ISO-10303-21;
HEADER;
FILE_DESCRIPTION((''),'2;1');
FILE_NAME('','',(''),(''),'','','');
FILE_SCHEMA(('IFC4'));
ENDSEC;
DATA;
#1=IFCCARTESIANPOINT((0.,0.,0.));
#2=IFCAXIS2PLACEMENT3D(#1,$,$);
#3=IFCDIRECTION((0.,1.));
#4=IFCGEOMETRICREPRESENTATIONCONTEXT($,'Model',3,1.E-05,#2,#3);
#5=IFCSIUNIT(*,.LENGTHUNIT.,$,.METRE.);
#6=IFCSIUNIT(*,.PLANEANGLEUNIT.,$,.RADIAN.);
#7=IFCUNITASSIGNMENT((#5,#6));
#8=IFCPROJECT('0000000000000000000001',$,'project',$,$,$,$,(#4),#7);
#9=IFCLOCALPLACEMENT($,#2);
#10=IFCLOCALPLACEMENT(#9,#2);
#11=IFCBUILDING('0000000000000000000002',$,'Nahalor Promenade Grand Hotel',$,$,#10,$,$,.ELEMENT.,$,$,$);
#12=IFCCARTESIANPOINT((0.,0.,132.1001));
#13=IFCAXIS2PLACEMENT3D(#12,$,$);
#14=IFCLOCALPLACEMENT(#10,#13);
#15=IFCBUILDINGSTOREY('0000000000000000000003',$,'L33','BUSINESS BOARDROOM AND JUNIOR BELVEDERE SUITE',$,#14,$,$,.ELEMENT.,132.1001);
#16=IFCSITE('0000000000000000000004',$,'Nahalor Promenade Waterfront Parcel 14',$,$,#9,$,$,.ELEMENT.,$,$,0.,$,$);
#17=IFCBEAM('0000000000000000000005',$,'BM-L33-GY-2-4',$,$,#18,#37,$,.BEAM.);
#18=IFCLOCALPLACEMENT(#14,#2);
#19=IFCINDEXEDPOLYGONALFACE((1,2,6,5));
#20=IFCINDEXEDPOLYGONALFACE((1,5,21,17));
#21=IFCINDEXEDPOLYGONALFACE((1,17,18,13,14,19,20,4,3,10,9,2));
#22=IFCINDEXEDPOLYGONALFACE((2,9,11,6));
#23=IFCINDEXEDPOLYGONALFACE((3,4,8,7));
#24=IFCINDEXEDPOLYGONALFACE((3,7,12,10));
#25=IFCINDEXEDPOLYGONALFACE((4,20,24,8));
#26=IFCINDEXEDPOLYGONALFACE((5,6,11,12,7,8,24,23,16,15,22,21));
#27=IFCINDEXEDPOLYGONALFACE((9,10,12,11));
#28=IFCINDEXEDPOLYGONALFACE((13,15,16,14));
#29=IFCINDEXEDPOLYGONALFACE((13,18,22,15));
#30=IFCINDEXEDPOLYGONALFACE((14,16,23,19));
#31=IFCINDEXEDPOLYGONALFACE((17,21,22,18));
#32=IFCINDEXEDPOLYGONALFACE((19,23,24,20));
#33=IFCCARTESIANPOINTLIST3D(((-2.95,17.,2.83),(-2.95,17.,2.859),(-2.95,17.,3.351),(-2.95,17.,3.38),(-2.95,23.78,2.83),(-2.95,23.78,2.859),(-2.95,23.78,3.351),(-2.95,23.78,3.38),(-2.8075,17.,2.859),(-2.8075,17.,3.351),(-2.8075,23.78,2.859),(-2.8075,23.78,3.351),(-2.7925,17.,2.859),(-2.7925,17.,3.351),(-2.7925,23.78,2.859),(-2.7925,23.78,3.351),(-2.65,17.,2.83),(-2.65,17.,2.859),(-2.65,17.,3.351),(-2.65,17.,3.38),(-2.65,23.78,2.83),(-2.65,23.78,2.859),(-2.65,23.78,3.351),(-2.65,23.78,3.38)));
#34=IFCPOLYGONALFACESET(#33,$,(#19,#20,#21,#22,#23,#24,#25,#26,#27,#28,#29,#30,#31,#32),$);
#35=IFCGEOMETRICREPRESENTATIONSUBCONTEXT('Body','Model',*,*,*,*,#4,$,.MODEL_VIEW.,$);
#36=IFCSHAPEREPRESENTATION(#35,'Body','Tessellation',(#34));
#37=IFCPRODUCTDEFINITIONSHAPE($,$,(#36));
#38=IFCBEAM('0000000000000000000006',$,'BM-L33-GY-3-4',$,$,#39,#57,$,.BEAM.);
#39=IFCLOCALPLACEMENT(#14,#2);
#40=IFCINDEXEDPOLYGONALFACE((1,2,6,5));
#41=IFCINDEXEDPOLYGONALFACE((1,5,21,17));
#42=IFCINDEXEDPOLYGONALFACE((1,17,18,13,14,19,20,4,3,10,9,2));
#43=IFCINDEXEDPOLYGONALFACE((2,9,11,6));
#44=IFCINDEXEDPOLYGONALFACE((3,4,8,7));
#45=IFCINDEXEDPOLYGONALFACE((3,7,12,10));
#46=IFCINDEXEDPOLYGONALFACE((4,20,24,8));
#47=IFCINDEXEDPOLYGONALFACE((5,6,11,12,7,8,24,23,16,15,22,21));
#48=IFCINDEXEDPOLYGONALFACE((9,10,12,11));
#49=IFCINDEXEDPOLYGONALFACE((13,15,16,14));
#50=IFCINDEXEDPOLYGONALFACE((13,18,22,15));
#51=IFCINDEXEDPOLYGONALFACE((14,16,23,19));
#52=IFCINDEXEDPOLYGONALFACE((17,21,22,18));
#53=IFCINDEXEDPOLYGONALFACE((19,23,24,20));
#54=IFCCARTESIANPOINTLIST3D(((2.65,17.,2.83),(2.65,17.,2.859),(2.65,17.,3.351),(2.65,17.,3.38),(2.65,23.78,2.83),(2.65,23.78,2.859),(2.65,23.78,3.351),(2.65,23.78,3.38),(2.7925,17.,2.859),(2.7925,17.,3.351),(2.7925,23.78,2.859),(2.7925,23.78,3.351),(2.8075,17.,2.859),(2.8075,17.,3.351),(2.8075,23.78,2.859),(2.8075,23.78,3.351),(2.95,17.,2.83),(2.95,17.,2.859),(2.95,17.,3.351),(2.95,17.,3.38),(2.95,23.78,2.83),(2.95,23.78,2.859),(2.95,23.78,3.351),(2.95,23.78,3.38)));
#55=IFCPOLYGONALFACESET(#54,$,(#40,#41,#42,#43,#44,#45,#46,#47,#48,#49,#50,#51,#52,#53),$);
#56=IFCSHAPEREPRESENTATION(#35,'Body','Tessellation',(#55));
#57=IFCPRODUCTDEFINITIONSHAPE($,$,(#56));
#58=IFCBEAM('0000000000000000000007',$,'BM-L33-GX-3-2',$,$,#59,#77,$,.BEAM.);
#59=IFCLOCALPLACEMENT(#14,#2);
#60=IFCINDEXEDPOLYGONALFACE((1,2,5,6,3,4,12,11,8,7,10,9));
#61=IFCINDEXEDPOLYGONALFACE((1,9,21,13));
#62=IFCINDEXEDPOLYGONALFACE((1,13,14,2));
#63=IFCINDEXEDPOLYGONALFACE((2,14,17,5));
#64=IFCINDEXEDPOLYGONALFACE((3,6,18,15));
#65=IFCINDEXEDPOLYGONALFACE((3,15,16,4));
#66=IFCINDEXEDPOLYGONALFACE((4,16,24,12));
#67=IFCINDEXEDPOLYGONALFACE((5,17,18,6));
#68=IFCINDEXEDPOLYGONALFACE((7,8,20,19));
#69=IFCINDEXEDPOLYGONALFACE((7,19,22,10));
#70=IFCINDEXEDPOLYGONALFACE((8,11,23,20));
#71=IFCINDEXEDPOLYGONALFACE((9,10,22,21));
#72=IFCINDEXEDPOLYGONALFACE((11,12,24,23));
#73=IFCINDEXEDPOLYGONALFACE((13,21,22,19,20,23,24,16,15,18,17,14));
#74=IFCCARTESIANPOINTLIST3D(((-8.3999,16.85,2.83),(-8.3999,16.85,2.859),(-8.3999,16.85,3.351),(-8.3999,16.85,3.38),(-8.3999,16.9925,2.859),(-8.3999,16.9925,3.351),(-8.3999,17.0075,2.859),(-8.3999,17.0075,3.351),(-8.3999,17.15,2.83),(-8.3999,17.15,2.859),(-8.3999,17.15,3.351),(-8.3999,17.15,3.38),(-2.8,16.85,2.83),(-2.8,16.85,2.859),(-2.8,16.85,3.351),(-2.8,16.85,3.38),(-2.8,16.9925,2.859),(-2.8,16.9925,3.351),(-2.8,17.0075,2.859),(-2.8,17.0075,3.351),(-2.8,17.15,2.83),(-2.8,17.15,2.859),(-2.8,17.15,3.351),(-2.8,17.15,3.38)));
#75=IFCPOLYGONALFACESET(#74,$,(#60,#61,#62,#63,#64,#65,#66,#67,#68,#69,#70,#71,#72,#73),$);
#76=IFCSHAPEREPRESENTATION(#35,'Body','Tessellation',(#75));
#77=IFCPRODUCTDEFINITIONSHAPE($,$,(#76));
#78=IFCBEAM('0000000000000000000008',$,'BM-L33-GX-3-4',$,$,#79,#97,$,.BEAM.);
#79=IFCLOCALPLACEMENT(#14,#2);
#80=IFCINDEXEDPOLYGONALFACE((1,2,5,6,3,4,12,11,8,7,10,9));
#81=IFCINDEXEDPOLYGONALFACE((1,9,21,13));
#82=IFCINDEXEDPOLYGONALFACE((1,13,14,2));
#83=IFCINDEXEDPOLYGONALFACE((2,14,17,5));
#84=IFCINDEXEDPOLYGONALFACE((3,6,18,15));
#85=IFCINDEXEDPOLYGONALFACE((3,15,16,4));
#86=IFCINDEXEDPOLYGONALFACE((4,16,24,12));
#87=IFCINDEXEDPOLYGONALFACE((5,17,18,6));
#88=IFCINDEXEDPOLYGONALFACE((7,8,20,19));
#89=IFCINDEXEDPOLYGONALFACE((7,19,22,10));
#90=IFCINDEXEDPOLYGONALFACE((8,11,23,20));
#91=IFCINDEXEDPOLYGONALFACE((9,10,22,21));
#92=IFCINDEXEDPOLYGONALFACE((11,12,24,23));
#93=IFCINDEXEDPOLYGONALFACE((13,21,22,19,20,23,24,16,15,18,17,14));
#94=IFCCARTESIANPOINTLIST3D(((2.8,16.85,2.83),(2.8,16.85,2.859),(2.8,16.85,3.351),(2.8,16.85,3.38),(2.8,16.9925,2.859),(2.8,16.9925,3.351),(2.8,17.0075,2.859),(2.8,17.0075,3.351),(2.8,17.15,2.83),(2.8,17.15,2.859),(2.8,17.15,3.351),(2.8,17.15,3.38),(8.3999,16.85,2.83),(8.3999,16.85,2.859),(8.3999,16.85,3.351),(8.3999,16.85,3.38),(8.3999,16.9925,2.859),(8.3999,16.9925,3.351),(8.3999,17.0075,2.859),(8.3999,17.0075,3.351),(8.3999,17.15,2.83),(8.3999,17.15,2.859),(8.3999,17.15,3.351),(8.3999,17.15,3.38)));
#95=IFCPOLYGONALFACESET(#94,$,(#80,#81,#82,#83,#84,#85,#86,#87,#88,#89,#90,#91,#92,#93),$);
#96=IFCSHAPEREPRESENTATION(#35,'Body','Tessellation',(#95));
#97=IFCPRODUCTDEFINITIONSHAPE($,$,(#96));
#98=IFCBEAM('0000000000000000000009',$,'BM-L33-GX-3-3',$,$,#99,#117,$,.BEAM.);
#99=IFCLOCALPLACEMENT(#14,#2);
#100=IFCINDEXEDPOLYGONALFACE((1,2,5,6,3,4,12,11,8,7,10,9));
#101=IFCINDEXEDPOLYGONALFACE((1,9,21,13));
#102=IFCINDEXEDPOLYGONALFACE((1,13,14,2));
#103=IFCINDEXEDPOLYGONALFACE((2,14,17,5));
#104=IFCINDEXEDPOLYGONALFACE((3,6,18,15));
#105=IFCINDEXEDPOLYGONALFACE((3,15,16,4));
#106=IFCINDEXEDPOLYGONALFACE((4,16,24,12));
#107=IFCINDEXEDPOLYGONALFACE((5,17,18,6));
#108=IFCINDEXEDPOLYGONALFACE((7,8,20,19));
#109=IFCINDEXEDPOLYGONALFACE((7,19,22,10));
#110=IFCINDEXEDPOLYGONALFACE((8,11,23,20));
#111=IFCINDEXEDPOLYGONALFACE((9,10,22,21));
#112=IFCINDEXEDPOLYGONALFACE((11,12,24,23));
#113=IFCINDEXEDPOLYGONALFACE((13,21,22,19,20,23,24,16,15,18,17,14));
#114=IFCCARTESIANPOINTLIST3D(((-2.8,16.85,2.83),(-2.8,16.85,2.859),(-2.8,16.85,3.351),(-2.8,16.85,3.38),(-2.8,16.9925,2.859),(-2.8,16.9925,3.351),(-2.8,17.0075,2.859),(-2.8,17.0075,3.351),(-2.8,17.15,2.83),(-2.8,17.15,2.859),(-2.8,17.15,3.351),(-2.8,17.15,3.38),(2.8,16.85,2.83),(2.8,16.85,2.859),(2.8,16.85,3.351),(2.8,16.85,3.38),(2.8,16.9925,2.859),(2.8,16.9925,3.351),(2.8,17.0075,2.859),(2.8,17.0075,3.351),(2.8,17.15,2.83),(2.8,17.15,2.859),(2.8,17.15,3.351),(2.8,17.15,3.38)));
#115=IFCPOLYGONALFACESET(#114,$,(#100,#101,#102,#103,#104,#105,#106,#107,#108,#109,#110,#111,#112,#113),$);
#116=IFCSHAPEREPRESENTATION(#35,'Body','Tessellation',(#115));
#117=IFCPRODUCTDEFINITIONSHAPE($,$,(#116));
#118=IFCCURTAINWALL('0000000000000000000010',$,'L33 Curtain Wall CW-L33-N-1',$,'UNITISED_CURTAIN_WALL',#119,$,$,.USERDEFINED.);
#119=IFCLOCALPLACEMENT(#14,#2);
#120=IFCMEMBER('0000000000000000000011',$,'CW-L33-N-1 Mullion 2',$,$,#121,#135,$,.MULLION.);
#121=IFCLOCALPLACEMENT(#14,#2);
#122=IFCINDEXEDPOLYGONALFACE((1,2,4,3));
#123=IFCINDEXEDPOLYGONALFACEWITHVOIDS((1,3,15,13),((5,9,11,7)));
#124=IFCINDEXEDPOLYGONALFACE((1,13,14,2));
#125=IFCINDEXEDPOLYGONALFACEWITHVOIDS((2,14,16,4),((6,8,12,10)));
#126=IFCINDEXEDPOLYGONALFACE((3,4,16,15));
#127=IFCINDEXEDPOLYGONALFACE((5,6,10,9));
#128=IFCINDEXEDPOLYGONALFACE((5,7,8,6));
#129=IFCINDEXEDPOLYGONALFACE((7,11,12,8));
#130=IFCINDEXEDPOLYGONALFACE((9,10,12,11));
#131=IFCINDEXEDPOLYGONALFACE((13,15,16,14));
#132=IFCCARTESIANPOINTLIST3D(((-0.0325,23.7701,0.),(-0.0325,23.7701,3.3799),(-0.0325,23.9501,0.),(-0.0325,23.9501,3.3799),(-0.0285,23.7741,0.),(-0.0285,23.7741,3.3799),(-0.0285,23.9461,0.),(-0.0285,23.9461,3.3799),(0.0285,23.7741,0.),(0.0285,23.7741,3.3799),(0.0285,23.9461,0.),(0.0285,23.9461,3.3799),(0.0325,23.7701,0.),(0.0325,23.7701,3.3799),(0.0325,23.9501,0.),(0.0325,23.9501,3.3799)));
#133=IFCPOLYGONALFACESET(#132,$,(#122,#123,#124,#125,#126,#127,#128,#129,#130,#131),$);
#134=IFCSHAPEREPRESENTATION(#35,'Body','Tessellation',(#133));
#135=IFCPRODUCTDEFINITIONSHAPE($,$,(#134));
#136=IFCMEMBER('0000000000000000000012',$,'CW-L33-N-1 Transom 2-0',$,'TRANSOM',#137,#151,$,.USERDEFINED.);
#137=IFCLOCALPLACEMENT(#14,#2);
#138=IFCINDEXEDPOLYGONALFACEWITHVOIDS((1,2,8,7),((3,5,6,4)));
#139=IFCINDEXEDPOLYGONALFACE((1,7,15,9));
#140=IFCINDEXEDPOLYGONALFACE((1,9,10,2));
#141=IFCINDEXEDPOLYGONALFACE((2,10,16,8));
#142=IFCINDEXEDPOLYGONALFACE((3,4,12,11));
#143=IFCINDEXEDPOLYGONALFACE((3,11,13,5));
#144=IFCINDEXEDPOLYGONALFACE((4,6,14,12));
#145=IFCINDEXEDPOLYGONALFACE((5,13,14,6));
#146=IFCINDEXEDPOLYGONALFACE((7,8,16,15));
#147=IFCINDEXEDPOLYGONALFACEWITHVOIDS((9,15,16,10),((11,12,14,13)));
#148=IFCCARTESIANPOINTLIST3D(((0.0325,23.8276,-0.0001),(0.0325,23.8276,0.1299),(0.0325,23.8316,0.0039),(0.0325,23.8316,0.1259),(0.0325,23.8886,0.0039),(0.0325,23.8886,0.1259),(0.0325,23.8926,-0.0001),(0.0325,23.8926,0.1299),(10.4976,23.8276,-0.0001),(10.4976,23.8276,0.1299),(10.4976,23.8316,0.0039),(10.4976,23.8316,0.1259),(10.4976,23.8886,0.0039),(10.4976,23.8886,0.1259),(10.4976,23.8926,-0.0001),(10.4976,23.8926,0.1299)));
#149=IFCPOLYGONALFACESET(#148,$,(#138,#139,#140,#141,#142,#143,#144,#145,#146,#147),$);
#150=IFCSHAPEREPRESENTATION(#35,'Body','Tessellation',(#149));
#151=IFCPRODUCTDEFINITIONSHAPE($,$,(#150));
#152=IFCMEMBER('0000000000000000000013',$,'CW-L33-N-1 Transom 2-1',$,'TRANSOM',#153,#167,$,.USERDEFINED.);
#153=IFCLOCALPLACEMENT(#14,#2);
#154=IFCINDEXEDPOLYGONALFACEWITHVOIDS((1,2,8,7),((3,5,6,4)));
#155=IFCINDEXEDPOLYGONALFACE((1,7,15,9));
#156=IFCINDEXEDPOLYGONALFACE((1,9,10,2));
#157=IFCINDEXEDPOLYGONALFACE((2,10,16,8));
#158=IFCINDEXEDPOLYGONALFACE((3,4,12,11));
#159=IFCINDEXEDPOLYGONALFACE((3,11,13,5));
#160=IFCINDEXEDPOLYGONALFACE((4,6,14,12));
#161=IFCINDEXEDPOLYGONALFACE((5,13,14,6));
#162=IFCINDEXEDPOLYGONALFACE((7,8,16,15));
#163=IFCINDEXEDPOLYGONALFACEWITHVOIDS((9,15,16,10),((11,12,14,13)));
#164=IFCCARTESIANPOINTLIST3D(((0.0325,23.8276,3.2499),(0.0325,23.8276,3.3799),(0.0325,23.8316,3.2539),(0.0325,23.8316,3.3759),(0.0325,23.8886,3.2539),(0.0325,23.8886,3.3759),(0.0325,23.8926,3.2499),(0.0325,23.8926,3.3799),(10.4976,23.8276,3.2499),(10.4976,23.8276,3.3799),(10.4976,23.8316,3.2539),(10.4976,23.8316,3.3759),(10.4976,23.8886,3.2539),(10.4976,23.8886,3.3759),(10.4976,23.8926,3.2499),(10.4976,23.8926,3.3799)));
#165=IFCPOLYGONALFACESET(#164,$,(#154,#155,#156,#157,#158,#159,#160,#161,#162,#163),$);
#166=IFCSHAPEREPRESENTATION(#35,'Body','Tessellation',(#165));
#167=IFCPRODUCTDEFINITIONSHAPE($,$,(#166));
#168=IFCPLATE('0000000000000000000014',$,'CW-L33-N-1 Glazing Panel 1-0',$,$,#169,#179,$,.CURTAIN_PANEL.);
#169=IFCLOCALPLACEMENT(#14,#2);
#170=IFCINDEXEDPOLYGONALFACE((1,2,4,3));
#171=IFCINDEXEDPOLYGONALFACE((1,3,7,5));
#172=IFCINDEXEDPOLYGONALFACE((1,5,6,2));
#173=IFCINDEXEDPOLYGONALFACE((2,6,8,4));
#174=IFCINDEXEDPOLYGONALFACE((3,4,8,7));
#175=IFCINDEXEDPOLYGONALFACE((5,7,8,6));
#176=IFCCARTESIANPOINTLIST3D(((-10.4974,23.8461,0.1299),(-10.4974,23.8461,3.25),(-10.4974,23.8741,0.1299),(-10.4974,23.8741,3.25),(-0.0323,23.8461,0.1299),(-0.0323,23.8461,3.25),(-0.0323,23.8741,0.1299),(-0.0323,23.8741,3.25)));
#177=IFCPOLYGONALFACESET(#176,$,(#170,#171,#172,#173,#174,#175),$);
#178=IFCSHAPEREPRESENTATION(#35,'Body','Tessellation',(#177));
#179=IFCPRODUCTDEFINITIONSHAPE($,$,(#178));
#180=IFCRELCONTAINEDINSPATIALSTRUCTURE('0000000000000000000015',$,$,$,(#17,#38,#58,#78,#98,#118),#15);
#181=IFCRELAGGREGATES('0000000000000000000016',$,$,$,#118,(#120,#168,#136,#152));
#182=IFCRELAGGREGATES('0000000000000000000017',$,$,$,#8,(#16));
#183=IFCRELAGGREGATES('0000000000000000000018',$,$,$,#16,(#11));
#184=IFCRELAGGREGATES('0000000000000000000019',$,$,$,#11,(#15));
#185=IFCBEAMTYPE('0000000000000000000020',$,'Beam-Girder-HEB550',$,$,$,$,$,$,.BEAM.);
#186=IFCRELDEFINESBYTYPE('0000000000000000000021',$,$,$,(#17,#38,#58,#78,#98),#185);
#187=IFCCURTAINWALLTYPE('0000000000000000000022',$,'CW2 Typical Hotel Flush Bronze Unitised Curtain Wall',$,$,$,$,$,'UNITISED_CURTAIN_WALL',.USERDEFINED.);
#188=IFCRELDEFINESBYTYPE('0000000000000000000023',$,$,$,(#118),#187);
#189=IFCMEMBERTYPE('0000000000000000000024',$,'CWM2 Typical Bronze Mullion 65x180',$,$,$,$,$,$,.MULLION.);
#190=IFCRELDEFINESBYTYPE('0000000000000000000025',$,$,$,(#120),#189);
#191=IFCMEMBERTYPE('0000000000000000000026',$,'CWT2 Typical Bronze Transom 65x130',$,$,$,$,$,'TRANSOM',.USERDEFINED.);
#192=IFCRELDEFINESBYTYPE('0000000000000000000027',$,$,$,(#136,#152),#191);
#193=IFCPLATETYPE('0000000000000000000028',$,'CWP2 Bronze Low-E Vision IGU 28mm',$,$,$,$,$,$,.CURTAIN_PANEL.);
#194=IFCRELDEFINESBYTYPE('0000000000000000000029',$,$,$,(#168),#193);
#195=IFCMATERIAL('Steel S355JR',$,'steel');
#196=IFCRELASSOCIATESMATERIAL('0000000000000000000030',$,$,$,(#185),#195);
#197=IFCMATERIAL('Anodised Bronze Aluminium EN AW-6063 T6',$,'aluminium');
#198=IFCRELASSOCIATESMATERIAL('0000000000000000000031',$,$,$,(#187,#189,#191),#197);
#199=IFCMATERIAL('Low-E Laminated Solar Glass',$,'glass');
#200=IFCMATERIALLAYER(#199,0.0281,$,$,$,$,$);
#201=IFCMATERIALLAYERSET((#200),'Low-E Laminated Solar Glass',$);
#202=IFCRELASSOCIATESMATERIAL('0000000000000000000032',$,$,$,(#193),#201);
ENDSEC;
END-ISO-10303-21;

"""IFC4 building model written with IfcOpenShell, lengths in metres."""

from ifc_helpers import new_model, si_unit, direction, frame, origin, origin_2d, place, context, subcontext, project, spatial, rectangle, hollow_rectangle, i_section, extrude, source, transform, mapped, material, layer, layer_set, material_profile, profile_set, type_object, element, aggregate, save


model = new_model("IFC4")

# Units and contexts
model_context = context("Model", 3, precision=1e-05, world=origin(), true_north=direction((0.0, 1.0)))
body_context = subcontext(model_context, "Body", "Model", "MODEL_VIEW")
ifc_project = project(units=[si_unit("LENGTHUNIT", "METRE"), si_unit("PLANEANGLEUNIT", "RADIAN")], contexts=[model_context])

# Site, building, storey
site_placement = place(None, origin())
site = spatial("IfcSite", under=ifc_project, at=site_placement, Name="Nahalor Promenade Waterfront Parcel 14", CompositionType="ELEMENT", RefElevation=0.0)
building_placement = place(site_placement, origin())
building = spatial("IfcBuilding", under=site, at=building_placement, Name="Nahalor Promenade Grand Hotel", CompositionType="ELEMENT")
storey_placement = place(building_placement, frame((0.0, 0.0, 132.1001)))
storey = spatial("IfcBuildingStorey", under=building, at=storey_placement, Name="L33", Description="BUSINESS BOARDROOM AND JUNIOR BELVEDERE SUITE", CompositionType="ELEMENT", Elevation=132.1001)

# Beams
ifc_material_1 = material(Name="Steel S355JR", Category="steel")
ifc_material_profile_1 = material_profile(ifc_material_1, i_section(OverallWidth=0.3, OverallDepth=0.55, WebThickness=0.015, FlangeThickness=0.029, at=origin_2d()), Name="HEB 550")
ifc_profile_set_1 = profile_set([ifc_material_profile_1], Name="Steel S355JR")
beam_type_1 = type_object("IfcBeamType", Name="Beam-Girder-HEB550", PredefinedType="BEAM", material=ifc_profile_set_1)
shared_shape_1 = source(origin(), body_context, "Body", "SweptSolid", [
    extrude(i_section(OverallWidth=0.3, OverallDepth=0.55, WebThickness=0.015, FlangeThickness=0.029, at=origin_2d()), origin(), (0.0, 0.0, 1.0), 6.78),
])
for number, where, z_axis, x_axis, name in (
    (1, (-2.8, 17.0, 3.105), (0.0, 1.0, 0.0), (-1.0, 0.0, 0.0), "BM-L33-GY-2-4"),
    (2, (2.8, 17.0, 3.105), (0.0, 1.0, 0.0), (-1.0, 0.0, 0.0), "BM-L33-GY-3-4"),
):
    element("IfcBeam", number, at=place(storey_placement, frame(where, z_axis=z_axis, x_axis=x_axis)), inside=storey, type_object=beam_type_1, Name=name, PredefinedType="BEAM", context=body_context, shape_type="MappedRepresentation", body=[
        mapped(shared_shape_1, transform((0.0, 0.0, 0.0), scale=1.0)),
    ])
shared_shape_2 = source(origin(), body_context, "Body", "SweptSolid", [
    extrude(i_section(OverallWidth=0.3, OverallDepth=0.55, WebThickness=0.015, FlangeThickness=0.029, at=origin_2d()), origin(), (0.0, 0.0, 1.0), 5.5999),
])
for number, where, z_axis, x_axis, name in (
    (3, (-8.3999, 17.0, 3.105), (1.0, 0.0, 0.0), (0.0, 1.0, 0.0), "BM-L33-GX-3-2"),
    (4, (2.8, 17.0, 3.105), (1.0, 0.0, 0.0), (0.0, 1.0, 0.0), "BM-L33-GX-3-4"),
):
    element("IfcBeam", number, at=place(storey_placement, frame(where, z_axis=z_axis, x_axis=x_axis)), inside=storey, type_object=beam_type_1, Name=name, PredefinedType="BEAM", context=body_context, shape_type="MappedRepresentation", body=[
        mapped(shared_shape_2, transform((0.0, 0.0, 0.0), scale=1.0)),
    ])
shared_shape_3 = source(origin(), body_context, "Body", "SweptSolid", [
    extrude(i_section(OverallWidth=0.3, OverallDepth=0.55, WebThickness=0.015, FlangeThickness=0.029, at=origin_2d()), origin(), (0.0, 0.0, 1.0), 5.6001),
])
beam_1_placement = place(storey_placement, frame((-2.8, 17.0, 3.105), z_axis=(1.0, 0.0, 0.0), x_axis=(0.0, 1.0, 0.0)))
element("IfcBeam", 5, at=beam_1_placement, inside=storey, type_object=beam_type_1, Name="BM-L33-GX-3-3", PredefinedType="BEAM", context=body_context, shape_type="MappedRepresentation", body=[
    mapped(shared_shape_3, transform((0.0, 0.0, 0.0), scale=1.0)),
])

# Curtain wall, members, plate
ifc_material_2 = material(Name="Anodised Bronze Aluminium EN AW-6063 T6", Category="aluminium")
curtain_wall_type = type_object("IfcCurtainWallType", Name="CW2 Typical Hotel Flush Bronze Unitised Curtain Wall", ElementType="UNITISED_CURTAIN_WALL", PredefinedType="USERDEFINED", material=ifc_material_2)
curtain_wall_placement = place(storey_placement, origin())
curtain_wall = element("IfcCurtainWall", 6, at=curtain_wall_placement, inside=storey, type_object=curtain_wall_type, Name="L33 Curtain Wall CW-L33-N-1", ObjectType="UNITISED_CURTAIN_WALL", PredefinedType="USERDEFINED")
ifc_material_profile_2 = material_profile(ifc_material_2, hollow_rectangle(XDim=0.065, YDim=0.18, WallThickness=0.004, at=origin_2d()), Name="CWM 65x180x4")
ifc_profile_set_2 = profile_set([ifc_material_profile_2], Name="Anodised Bronze Aluminium EN AW-6063 T6")
member_type_1 = type_object("IfcMemberType", Name="CWM2 Typical Bronze Mullion 65x180", PredefinedType="MULLION", material=ifc_profile_set_2)
shared_shape_4 = source(origin(), body_context, "Body", "SweptSolid", [
    extrude(hollow_rectangle(XDim=0.065, YDim=0.18, WallThickness=0.004, at=origin_2d()), origin(), (0.0, 0.0, 1.0), 3.3799),
])
member_1_placement = place(storey_placement, frame((0.0, 23.8601, 0.0), z_axis=(0.0, 0.0, 1.0), x_axis=(1.0, 0.0, 0.0)))
member_1 = element("IfcMember", 7, at=member_1_placement, type_object=member_type_1, Name="CW-L33-N-1 Mullion 2", PredefinedType="MULLION", context=body_context, shape_type="MappedRepresentation", body=[
    mapped(shared_shape_4, transform((0.0, 0.0, 0.0), scale=1.0)),
])
ifc_material_profile_3 = material_profile(ifc_material_2, hollow_rectangle(XDim=0.065, YDim=0.13, WallThickness=0.004, at=origin_2d()), Name="CWT 65x130x4")
ifc_profile_set_3 = profile_set([ifc_material_profile_3], Name="Anodised Bronze Aluminium EN AW-6063 T6")
member_type_2 = type_object("IfcMemberType", Name="CWT2 Typical Bronze Transom 65x130", ElementType="TRANSOM", PredefinedType="USERDEFINED", material=ifc_profile_set_3)
shared_shape_5 = source(origin(), body_context, "Body", "SweptSolid", [
    extrude(hollow_rectangle(XDim=0.065, YDim=0.13, WallThickness=0.004, at=origin_2d()), origin(), (0.0, 0.0, 1.0), 10.4651),
])
member_2_placement = place(storey_placement, frame((0.0325, 23.8601, 0.0649), z_axis=(1.0, 0.0, 0.0), x_axis=(0.0, 1.0, 0.0)))
member_2 = element("IfcMember", 8, at=member_2_placement, type_object=member_type_2, Name="CW-L33-N-1 Transom 2-0", ObjectType="TRANSOM", PredefinedType="USERDEFINED", context=body_context, shape_type="MappedRepresentation", body=[
    mapped(shared_shape_5, transform((0.0, 0.0, 0.0), scale=1.0)),
])
member_3_placement = place(storey_placement, frame((0.0325, 23.8601, 3.3149), z_axis=(1.0, 0.0, 0.0), x_axis=(0.0, 1.0, 0.0)))
member_3 = element("IfcMember", 9, at=member_3_placement, type_object=member_type_2, Name="CW-L33-N-1 Transom 2-1", ObjectType="TRANSOM", PredefinedType="USERDEFINED", context=body_context, shape_type="MappedRepresentation", body=[
    mapped(shared_shape_5, transform((0.0, 0.0, 0.0), scale=1.0)),
])
ifc_material_3 = material(Name="Low-E Laminated Solar Glass", Category="glass")
ifc_layer_1 = layer(ifc_material_3, 0.0281)
ifc_layer_set_1 = layer_set([ifc_layer_1], Name="Low-E Laminated Solar Glass")
plate_type = type_object("IfcPlateType", Name="CWP2 Bronze Low-E Vision IGU 28mm", PredefinedType="CURTAIN_PANEL", material=ifc_layer_set_1)
shared_shape_6 = source(origin(), body_context, "Body", "SweptSolid", [
    extrude(rectangle(XDim=10.4651, YDim=0.0281, at=origin_2d()), origin(), (0.0, 0.0, 1.0), 3.1201),
])
plate_1_placement = place(storey_placement, frame((-5.2649, 23.8601, 0.1299), z_axis=(0.0, 0.0, 1.0), x_axis=(1.0, 0.0, 0.0)))
plate_1 = element("IfcPlate", 10, at=plate_1_placement, type_object=plate_type, Name="CW-L33-N-1 Glazing Panel 1-0", PredefinedType="CURTAIN_PANEL", context=body_context, shape_type="MappedRepresentation", body=[
    mapped(shared_shape_6, transform((0.0, 0.0, 0.0), scale=1.0)),
])
aggregate(curtain_wall, [member_1, plate_1, member_2, member_3])

save(model, "model.ifc")
